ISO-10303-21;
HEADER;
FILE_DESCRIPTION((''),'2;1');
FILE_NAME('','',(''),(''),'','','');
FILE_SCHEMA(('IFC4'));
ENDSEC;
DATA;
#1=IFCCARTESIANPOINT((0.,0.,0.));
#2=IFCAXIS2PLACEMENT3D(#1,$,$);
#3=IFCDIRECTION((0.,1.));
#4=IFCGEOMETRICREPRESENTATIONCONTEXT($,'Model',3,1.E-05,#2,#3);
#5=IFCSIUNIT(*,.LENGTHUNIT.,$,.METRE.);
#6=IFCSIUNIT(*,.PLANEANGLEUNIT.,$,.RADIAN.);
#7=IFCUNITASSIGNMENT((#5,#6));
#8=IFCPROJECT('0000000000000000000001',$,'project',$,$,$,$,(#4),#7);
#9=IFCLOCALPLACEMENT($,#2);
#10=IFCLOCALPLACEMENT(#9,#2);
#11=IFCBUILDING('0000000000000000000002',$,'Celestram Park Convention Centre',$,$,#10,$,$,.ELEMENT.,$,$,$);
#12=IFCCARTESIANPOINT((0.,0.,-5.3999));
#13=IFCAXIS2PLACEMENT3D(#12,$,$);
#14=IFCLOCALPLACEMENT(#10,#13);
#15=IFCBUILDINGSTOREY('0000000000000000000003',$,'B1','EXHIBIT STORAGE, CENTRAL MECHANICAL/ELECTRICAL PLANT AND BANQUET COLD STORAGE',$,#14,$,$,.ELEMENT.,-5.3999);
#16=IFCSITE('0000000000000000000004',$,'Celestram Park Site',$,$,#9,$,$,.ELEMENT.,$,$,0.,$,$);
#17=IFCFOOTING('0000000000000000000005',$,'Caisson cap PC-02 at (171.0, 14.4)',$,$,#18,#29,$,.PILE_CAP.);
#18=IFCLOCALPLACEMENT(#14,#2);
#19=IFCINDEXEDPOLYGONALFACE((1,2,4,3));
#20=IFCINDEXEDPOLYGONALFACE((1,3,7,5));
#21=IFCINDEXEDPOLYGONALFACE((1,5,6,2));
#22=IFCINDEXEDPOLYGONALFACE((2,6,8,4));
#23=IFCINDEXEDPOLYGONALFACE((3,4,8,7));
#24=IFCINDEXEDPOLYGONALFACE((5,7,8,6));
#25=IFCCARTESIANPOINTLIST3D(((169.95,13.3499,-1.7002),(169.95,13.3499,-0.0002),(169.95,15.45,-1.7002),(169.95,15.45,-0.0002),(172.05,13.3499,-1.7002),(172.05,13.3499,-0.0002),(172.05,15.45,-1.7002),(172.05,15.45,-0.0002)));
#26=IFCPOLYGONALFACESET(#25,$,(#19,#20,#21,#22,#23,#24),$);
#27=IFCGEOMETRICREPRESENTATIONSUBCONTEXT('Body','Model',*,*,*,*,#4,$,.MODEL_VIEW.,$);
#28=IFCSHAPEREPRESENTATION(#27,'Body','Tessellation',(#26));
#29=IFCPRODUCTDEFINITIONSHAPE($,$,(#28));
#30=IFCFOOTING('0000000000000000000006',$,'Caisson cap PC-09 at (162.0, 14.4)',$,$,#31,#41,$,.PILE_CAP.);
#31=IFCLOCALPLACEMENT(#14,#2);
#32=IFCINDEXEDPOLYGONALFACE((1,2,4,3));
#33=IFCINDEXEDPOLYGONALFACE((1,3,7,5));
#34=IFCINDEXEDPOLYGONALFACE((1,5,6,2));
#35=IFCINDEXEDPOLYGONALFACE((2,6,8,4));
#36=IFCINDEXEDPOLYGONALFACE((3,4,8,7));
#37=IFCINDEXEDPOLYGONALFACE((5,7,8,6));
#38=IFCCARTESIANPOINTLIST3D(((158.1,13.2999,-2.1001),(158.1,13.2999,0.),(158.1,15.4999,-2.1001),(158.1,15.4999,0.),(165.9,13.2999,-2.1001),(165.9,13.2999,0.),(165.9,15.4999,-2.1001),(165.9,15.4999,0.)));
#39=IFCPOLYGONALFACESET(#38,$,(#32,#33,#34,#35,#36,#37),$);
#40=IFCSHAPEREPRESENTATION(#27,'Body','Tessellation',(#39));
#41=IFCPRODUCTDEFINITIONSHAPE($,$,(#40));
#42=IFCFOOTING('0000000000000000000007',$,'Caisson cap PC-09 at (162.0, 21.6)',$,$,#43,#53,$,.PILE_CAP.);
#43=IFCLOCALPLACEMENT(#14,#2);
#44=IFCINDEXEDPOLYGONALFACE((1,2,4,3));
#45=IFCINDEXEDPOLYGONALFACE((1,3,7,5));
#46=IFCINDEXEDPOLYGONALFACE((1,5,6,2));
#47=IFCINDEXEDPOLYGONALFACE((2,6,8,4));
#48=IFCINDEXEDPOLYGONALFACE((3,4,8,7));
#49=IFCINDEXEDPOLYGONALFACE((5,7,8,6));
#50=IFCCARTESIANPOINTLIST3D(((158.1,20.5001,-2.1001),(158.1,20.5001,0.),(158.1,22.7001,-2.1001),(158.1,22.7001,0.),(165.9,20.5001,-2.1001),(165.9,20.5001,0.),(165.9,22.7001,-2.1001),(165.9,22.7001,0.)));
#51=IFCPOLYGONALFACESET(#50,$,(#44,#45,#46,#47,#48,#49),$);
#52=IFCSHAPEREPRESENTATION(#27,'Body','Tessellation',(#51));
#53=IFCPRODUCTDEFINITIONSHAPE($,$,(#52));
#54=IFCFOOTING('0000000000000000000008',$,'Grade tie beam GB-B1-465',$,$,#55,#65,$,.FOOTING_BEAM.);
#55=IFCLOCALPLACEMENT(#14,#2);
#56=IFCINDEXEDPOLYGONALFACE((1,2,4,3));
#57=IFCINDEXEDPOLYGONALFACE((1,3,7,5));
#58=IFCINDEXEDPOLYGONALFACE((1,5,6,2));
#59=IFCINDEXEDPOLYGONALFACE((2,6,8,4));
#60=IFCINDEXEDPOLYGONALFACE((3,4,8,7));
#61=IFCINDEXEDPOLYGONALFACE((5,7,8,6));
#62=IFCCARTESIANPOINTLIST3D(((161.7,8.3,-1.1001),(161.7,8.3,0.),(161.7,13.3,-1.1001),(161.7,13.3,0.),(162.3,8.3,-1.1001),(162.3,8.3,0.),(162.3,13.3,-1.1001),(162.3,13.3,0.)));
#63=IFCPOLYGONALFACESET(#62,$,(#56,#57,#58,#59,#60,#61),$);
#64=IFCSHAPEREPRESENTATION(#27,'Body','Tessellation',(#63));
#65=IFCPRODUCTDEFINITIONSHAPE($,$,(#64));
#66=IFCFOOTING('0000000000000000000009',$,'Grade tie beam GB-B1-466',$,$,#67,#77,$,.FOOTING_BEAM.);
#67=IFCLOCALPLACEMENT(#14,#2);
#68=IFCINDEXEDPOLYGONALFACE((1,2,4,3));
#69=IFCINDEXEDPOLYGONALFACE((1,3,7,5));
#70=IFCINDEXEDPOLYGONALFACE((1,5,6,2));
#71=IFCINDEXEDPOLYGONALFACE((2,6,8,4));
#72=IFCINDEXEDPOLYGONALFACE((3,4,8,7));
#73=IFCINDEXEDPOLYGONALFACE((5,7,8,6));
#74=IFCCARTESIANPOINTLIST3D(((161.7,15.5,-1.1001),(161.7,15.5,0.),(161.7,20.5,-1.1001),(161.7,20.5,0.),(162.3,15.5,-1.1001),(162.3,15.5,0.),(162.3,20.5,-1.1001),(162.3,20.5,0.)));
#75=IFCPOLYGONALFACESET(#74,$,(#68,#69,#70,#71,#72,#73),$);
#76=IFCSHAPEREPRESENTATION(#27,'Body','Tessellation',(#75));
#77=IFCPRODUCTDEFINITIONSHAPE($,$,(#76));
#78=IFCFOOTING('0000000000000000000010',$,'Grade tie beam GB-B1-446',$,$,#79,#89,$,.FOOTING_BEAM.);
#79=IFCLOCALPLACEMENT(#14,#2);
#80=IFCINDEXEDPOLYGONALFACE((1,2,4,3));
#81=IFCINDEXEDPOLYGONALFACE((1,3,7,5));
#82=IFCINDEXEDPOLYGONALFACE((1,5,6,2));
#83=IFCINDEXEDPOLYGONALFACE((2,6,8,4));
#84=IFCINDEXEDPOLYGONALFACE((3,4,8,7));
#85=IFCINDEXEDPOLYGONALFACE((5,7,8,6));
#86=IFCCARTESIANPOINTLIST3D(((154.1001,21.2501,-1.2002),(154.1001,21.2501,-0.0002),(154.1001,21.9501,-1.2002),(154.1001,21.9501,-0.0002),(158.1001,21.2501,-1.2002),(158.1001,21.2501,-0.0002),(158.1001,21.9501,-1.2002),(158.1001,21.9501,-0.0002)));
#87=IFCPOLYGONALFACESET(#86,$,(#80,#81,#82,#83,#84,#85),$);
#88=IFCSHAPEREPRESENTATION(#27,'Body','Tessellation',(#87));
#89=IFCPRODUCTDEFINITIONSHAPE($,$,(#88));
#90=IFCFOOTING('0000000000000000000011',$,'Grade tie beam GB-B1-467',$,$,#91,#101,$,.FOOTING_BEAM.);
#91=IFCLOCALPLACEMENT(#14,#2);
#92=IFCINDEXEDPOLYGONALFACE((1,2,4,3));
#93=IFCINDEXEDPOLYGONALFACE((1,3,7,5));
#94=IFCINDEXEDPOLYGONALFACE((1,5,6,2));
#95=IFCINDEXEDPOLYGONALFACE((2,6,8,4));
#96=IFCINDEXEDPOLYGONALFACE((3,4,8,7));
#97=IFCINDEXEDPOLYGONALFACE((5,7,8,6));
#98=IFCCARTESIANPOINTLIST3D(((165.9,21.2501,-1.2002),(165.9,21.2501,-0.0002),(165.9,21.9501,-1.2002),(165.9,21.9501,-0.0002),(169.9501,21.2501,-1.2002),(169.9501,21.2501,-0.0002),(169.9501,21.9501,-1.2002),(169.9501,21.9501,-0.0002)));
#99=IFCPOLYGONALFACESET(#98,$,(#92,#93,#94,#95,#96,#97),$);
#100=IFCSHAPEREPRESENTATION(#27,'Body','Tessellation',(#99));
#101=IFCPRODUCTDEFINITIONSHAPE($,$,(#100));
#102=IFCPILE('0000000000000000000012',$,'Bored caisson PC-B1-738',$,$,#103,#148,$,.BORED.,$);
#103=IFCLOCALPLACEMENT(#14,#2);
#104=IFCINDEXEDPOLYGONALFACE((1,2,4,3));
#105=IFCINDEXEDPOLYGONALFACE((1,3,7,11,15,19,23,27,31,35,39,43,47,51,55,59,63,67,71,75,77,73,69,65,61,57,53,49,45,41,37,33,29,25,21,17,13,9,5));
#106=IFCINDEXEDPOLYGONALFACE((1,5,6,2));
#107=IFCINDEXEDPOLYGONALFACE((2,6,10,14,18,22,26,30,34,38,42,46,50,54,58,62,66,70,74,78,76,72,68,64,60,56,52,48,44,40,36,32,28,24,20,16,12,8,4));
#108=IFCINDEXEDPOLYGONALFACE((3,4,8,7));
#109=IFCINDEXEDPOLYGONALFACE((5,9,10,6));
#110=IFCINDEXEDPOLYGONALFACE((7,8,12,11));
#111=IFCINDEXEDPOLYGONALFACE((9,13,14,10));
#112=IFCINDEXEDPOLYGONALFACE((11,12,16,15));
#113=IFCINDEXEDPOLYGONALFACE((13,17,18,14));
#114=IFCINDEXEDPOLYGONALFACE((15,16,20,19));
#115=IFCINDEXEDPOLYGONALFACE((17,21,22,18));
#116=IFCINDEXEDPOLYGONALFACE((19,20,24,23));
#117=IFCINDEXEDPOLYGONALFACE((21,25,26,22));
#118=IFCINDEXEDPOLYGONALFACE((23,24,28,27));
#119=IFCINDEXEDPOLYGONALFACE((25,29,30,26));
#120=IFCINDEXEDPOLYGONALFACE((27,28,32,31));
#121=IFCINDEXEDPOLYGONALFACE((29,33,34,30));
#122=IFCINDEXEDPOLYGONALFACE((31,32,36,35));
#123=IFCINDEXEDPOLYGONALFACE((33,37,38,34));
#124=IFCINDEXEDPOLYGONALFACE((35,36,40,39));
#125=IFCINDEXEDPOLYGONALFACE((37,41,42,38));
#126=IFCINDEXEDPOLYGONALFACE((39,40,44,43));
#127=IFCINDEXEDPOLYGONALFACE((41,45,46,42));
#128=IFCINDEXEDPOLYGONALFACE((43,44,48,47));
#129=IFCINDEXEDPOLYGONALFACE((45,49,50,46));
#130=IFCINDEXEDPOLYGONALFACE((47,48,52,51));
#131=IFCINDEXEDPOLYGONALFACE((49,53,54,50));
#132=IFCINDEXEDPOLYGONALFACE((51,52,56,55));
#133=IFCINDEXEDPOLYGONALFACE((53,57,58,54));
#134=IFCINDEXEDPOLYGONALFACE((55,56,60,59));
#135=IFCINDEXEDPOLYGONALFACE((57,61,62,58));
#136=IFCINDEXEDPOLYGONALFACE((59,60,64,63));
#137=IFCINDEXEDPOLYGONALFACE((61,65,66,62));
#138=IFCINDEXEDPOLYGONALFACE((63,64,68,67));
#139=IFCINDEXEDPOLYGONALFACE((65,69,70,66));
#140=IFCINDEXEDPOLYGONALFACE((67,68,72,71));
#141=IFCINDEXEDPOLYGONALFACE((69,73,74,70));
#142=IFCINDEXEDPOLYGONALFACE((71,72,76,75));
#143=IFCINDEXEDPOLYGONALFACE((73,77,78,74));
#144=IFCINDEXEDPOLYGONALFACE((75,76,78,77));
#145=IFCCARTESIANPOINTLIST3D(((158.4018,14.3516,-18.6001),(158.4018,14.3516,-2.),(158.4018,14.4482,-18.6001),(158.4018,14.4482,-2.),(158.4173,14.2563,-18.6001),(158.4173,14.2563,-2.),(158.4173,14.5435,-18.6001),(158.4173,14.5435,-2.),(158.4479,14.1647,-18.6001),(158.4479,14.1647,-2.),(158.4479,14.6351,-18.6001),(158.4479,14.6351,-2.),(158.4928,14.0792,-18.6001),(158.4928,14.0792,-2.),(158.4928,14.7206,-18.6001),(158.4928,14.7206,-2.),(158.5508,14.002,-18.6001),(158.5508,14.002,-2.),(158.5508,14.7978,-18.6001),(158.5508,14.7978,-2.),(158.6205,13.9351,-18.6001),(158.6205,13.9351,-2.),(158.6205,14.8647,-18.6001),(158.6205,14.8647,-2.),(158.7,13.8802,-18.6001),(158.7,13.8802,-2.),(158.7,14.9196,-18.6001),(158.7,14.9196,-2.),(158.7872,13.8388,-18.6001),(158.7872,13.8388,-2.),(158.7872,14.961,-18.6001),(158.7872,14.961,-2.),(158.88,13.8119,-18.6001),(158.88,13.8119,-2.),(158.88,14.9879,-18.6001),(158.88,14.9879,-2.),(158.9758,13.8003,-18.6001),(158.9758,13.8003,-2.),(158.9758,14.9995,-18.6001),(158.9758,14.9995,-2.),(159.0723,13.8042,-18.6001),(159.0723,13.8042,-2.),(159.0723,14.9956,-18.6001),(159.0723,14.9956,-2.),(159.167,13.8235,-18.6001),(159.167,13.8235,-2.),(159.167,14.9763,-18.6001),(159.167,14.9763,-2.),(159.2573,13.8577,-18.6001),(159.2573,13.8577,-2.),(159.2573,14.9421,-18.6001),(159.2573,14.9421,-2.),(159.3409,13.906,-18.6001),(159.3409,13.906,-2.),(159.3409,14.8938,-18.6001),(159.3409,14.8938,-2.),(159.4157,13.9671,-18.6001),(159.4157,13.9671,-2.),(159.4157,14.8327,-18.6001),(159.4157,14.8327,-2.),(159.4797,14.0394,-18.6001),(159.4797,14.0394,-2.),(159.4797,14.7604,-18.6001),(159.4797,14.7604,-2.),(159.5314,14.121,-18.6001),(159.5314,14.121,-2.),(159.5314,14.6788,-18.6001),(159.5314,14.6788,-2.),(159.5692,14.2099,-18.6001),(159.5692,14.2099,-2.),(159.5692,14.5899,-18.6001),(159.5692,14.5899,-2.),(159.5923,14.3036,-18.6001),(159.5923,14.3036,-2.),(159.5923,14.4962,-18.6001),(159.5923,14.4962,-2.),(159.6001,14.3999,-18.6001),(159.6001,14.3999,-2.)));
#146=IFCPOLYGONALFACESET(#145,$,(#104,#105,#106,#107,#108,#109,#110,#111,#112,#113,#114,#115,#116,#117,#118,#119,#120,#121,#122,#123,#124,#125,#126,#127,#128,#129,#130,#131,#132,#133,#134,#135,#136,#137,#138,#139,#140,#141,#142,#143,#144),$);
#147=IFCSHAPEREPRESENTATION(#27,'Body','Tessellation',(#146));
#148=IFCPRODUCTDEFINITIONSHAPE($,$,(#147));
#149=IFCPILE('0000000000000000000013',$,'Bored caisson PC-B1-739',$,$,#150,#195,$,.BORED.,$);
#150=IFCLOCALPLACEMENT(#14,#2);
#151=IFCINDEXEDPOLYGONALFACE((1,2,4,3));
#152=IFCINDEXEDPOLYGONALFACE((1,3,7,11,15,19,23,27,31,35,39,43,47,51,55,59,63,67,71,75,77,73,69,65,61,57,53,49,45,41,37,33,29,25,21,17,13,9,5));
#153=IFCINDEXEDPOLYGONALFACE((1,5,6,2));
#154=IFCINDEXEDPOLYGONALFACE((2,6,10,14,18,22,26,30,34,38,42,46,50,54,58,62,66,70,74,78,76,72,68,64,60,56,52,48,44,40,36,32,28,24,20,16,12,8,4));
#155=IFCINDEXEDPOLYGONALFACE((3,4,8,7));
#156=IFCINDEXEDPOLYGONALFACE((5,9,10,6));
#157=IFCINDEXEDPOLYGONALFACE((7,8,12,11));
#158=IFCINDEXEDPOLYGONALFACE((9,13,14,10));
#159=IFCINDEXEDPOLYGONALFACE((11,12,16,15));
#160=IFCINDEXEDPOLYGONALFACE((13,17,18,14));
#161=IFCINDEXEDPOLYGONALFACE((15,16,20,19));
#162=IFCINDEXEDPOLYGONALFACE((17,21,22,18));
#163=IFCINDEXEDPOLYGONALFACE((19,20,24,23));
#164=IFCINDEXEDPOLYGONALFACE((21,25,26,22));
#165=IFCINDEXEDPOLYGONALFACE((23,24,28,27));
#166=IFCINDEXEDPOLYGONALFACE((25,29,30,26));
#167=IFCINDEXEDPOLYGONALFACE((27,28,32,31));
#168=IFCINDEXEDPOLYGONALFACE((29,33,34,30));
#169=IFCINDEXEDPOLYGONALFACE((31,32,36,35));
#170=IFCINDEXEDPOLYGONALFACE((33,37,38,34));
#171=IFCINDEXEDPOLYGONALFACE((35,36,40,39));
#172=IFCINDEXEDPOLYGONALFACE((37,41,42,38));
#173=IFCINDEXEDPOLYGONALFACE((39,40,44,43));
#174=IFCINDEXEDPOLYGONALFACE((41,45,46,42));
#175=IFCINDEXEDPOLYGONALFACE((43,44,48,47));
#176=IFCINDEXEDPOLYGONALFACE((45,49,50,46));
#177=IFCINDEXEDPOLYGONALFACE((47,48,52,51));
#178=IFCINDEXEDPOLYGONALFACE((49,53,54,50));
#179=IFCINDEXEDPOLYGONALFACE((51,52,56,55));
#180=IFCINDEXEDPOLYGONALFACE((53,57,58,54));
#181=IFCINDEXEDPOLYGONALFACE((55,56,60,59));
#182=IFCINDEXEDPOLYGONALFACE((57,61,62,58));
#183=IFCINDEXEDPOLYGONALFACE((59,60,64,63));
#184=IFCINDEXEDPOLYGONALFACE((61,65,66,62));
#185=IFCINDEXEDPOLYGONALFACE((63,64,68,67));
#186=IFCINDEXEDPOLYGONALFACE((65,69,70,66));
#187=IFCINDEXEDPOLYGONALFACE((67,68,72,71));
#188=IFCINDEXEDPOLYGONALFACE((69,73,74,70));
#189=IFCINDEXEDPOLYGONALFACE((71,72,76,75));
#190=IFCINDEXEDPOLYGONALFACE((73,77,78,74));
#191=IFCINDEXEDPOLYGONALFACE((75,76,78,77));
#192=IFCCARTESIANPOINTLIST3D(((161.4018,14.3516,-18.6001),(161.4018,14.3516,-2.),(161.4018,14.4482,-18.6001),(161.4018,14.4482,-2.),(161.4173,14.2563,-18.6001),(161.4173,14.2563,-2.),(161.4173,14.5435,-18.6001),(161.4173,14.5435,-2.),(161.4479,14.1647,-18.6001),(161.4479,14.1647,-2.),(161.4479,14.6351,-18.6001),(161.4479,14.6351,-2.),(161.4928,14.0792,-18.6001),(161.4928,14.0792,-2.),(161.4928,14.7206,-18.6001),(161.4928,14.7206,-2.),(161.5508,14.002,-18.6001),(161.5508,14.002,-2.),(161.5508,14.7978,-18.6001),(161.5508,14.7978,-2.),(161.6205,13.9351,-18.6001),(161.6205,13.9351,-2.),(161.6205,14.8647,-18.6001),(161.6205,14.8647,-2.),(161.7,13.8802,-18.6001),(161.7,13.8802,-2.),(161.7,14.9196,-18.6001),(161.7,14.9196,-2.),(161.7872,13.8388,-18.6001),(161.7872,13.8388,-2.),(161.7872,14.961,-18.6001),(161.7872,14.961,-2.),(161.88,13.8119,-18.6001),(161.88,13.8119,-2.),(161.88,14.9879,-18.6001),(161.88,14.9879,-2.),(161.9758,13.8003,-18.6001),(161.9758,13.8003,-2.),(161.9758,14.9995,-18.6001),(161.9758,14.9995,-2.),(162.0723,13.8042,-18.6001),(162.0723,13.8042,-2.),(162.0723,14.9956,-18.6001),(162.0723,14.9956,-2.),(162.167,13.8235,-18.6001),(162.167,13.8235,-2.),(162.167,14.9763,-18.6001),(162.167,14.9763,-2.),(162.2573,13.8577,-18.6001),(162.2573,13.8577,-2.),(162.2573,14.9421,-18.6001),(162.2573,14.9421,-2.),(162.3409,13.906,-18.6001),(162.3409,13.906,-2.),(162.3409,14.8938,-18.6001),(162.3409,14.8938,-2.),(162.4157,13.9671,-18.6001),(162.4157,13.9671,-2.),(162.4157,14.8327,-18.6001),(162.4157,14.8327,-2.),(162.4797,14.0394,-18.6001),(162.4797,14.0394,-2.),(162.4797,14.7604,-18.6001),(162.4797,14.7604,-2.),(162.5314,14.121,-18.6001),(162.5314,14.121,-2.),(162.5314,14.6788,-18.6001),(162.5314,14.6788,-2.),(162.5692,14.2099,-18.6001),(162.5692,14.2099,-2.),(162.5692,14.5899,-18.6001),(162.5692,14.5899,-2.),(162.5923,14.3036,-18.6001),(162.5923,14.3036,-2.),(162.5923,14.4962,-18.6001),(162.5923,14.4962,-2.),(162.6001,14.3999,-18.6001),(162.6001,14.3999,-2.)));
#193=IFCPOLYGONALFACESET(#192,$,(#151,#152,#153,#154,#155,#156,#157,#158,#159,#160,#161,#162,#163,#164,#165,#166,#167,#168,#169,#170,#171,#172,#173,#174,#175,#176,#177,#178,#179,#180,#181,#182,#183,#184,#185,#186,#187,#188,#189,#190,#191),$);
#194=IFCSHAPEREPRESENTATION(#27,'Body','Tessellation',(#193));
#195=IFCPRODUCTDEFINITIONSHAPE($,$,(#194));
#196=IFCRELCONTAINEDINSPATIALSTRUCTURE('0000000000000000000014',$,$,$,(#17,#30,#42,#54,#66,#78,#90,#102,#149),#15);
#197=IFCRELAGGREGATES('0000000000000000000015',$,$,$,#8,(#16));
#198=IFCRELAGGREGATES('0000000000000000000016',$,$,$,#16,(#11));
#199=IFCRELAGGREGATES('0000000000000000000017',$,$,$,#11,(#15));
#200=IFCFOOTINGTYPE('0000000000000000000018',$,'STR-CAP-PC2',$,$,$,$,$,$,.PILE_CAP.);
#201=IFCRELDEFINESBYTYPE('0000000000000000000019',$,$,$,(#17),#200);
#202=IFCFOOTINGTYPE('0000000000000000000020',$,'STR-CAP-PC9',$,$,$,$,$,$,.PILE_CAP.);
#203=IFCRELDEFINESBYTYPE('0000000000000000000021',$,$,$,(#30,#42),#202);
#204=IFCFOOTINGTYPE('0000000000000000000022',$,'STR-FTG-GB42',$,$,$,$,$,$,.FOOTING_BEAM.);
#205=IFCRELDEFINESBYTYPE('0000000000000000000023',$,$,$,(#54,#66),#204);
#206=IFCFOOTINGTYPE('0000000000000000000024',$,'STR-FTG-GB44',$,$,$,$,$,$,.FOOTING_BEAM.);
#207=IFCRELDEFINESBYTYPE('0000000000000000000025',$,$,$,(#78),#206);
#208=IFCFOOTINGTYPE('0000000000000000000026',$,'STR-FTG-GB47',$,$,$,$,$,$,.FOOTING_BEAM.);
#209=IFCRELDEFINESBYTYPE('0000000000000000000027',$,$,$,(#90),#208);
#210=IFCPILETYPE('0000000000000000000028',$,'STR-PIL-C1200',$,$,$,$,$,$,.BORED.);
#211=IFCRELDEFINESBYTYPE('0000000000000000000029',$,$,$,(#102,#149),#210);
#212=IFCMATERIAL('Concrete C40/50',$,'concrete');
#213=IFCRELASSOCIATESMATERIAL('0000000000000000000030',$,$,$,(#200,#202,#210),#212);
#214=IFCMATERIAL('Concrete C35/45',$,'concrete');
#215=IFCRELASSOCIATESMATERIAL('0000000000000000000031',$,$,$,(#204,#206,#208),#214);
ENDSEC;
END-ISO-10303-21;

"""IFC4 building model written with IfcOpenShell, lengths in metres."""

from ifc_helpers import new_model, si_unit, direction, frame, origin, origin_2d, place, context, subcontext, project, spatial, rectangle, circle, extrude, material, material_profile, profile_set, type_object, element, save


model = new_model("IFC4")

# Units and contexts
model_context = context("Model", 3, precision=1e-05, world=origin(), true_north=direction((0.0, 1.0)))
body_context = subcontext(model_context, "Body", "Model", "MODEL_VIEW")
ifc_project = project(units=[si_unit("LENGTHUNIT", "METRE"), si_unit("PLANEANGLEUNIT", "RADIAN")], contexts=[model_context])

# Site, building, storey
site_placement = place(None, origin())
site = spatial("IfcSite", under=ifc_project, at=site_placement, Name="Celestram Park Site", CompositionType="ELEMENT", RefElevation=0.0)
building_placement = place(site_placement, origin())
building = spatial("IfcBuilding", under=site, at=building_placement, Name="Celestram Park Convention Centre", CompositionType="ELEMENT")
storey_placement = place(building_placement, frame((0.0, 0.0, -5.3999)))
storey = spatial("IfcBuildingStorey", under=building, at=storey_placement, Name="B1", Description="EXHIBIT STORAGE, CENTRAL MECHANICAL/ELECTRICAL PLANT AND BANQUET COLD STORAGE", CompositionType="ELEMENT", Elevation=-5.3999)

# Footings
ifc_material_1 = material(Name="Concrete C40/50", Category="concrete")
footing_type_1 = type_object("IfcFootingType", Name="STR-CAP-PC2", PredefinedType="PILE_CAP", material=ifc_material_1)
footing_1_placement = place(storey_placement, frame((171.0, 14.3999, -1.7002), z_axis=(0.0, 0.0, 1.0), x_axis=(1.0, 0.0, 0.0)))
element("IfcFooting", 1, at=footing_1_placement, inside=storey, type_object=footing_type_1, Name="Caisson cap PC-02 at (171.0, 14.4)", PredefinedType="PILE_CAP", context=body_context, shape_type="SweptSolid", body=[
    extrude(rectangle(XDim=2.1001, YDim=2.1001, at=origin_2d()), origin(), (0.0, 0.0, 1.0), 1.7),
])
footing_type_2 = type_object("IfcFootingType", Name="STR-CAP-PC9", PredefinedType="PILE_CAP", material=ifc_material_1)
for number, where, z_axis, x_axis, name in (
    (2, (162.0, 14.3999, -2.1001), (0.0, 0.0, 1.0), (1.0, 0.0, 0.0), "Caisson cap PC-09 at (162.0, 14.4)"),
    (3, (162.0, 21.6001, -2.1001), (0.0, 0.0, 1.0), (1.0, 0.0, 0.0), "Caisson cap PC-09 at (162.0, 21.6)"),
):
    element("IfcFooting", number, at=place(storey_placement, frame(where, z_axis=z_axis, x_axis=x_axis)), inside=storey, type_object=footing_type_2, Name=name, PredefinedType="PILE_CAP", context=body_context, shape_type="SweptSolid", body=[
        extrude(rectangle(XDim=7.8, YDim=2.2, at=origin_2d()), origin(), (0.0, 0.0, 1.0), 2.1001),
    ])
ifc_material_2 = material(Name="Concrete C35/45", Category="concrete")
footing_type_3 = type_object("IfcFootingType", Name="STR-FTG-GB42", PredefinedType="FOOTING_BEAM", material=ifc_material_2)
for number, where, z_axis, x_axis, name in (
    (4, (162.0, 10.8, -1.1001), (0.0, 0.0, 1.0), (0.0, 1.0, 0.0), "Grade tie beam GB-B1-465"),
    (5, (162.0, 18.0, -1.1001), (0.0, 0.0, 1.0), (0.0, 1.0, 0.0), "Grade tie beam GB-B1-466"),
):
    element("IfcFooting", number, at=place(storey_placement, frame(where, z_axis=z_axis, x_axis=x_axis)), inside=storey, type_object=footing_type_3, Name=name, PredefinedType="FOOTING_BEAM", context=body_context, shape_type="SweptSolid", body=[
        extrude(rectangle(XDim=5.0, YDim=0.6001, at=origin_2d()), origin(), (0.0, 0.0, 1.0), 1.1001),
    ])
footing_type_4 = type_object("IfcFootingType", Name="STR-FTG-GB44", PredefinedType="FOOTING_BEAM", material=ifc_material_2)
footing_2_placement = place(storey_placement, frame((156.1001, 21.6001, -1.2002), z_axis=(0.0, 0.0, 1.0), x_axis=(1.0, 0.0, 0.0)))
element("IfcFooting", 6, at=footing_2_placement, inside=storey, type_object=footing_type_4, Name="Grade tie beam GB-B1-446", PredefinedType="FOOTING_BEAM", context=body_context, shape_type="SweptSolid", body=[
    extrude(rectangle(XDim=4.0, YDim=0.7, at=origin_2d()), origin(), (0.0, 0.0, 1.0), 1.2),
])
footing_type_5 = type_object("IfcFootingType", Name="STR-FTG-GB47", PredefinedType="FOOTING_BEAM", material=ifc_material_2)
footing_3_placement = place(storey_placement, frame((167.925, 21.6001, -1.2002), z_axis=(0.0, 0.0, 1.0), x_axis=(1.0, 0.0, 0.0)))
element("IfcFooting", 7, at=footing_3_placement, inside=storey, type_object=footing_type_5, Name="Grade tie beam GB-B1-467", PredefinedType="FOOTING_BEAM", context=body_context, shape_type="SweptSolid", body=[
    extrude(rectangle(XDim=4.05, YDim=0.7, at=origin_2d()), origin(), (0.0, 0.0, 1.0), 1.2),
])

# Piles
ifc_material_profile_1 = material_profile(ifc_material_1, circle(Radius=0.6001, at=origin_2d()), Name="CAISSON1200")
ifc_profile_set_1 = profile_set([ifc_material_profile_1], Name="Concrete C40/50")
pile_type = type_object("IfcPileType", Name="STR-PIL-C1200", PredefinedType="BORED", material=ifc_profile_set_1)
for number, where, z_axis, x_axis, name in (
    (8, (159.0, 14.3999, -2.0), (0.0, 0.0, -1.0), (1.0, 0.0, 0.0), "Bored caisson PC-B1-738"),
    (9, (162.0, 14.3999, -2.0), (0.0, 0.0, -1.0), (1.0, 0.0, 0.0), "Bored caisson PC-B1-739"),
):
    element("IfcPile", number, at=place(storey_placement, frame(where, z_axis=z_axis, x_axis=x_axis)), inside=storey, type_object=pile_type, Name=name, PredefinedType="BORED", context=body_context, shape_type="SweptSolid", body=[
        extrude(circle(Radius=0.6001, at=origin_2d()), origin(), (0.0, 0.0, 1.0), 16.6001),
    ])

save(model, "model.ifc")
